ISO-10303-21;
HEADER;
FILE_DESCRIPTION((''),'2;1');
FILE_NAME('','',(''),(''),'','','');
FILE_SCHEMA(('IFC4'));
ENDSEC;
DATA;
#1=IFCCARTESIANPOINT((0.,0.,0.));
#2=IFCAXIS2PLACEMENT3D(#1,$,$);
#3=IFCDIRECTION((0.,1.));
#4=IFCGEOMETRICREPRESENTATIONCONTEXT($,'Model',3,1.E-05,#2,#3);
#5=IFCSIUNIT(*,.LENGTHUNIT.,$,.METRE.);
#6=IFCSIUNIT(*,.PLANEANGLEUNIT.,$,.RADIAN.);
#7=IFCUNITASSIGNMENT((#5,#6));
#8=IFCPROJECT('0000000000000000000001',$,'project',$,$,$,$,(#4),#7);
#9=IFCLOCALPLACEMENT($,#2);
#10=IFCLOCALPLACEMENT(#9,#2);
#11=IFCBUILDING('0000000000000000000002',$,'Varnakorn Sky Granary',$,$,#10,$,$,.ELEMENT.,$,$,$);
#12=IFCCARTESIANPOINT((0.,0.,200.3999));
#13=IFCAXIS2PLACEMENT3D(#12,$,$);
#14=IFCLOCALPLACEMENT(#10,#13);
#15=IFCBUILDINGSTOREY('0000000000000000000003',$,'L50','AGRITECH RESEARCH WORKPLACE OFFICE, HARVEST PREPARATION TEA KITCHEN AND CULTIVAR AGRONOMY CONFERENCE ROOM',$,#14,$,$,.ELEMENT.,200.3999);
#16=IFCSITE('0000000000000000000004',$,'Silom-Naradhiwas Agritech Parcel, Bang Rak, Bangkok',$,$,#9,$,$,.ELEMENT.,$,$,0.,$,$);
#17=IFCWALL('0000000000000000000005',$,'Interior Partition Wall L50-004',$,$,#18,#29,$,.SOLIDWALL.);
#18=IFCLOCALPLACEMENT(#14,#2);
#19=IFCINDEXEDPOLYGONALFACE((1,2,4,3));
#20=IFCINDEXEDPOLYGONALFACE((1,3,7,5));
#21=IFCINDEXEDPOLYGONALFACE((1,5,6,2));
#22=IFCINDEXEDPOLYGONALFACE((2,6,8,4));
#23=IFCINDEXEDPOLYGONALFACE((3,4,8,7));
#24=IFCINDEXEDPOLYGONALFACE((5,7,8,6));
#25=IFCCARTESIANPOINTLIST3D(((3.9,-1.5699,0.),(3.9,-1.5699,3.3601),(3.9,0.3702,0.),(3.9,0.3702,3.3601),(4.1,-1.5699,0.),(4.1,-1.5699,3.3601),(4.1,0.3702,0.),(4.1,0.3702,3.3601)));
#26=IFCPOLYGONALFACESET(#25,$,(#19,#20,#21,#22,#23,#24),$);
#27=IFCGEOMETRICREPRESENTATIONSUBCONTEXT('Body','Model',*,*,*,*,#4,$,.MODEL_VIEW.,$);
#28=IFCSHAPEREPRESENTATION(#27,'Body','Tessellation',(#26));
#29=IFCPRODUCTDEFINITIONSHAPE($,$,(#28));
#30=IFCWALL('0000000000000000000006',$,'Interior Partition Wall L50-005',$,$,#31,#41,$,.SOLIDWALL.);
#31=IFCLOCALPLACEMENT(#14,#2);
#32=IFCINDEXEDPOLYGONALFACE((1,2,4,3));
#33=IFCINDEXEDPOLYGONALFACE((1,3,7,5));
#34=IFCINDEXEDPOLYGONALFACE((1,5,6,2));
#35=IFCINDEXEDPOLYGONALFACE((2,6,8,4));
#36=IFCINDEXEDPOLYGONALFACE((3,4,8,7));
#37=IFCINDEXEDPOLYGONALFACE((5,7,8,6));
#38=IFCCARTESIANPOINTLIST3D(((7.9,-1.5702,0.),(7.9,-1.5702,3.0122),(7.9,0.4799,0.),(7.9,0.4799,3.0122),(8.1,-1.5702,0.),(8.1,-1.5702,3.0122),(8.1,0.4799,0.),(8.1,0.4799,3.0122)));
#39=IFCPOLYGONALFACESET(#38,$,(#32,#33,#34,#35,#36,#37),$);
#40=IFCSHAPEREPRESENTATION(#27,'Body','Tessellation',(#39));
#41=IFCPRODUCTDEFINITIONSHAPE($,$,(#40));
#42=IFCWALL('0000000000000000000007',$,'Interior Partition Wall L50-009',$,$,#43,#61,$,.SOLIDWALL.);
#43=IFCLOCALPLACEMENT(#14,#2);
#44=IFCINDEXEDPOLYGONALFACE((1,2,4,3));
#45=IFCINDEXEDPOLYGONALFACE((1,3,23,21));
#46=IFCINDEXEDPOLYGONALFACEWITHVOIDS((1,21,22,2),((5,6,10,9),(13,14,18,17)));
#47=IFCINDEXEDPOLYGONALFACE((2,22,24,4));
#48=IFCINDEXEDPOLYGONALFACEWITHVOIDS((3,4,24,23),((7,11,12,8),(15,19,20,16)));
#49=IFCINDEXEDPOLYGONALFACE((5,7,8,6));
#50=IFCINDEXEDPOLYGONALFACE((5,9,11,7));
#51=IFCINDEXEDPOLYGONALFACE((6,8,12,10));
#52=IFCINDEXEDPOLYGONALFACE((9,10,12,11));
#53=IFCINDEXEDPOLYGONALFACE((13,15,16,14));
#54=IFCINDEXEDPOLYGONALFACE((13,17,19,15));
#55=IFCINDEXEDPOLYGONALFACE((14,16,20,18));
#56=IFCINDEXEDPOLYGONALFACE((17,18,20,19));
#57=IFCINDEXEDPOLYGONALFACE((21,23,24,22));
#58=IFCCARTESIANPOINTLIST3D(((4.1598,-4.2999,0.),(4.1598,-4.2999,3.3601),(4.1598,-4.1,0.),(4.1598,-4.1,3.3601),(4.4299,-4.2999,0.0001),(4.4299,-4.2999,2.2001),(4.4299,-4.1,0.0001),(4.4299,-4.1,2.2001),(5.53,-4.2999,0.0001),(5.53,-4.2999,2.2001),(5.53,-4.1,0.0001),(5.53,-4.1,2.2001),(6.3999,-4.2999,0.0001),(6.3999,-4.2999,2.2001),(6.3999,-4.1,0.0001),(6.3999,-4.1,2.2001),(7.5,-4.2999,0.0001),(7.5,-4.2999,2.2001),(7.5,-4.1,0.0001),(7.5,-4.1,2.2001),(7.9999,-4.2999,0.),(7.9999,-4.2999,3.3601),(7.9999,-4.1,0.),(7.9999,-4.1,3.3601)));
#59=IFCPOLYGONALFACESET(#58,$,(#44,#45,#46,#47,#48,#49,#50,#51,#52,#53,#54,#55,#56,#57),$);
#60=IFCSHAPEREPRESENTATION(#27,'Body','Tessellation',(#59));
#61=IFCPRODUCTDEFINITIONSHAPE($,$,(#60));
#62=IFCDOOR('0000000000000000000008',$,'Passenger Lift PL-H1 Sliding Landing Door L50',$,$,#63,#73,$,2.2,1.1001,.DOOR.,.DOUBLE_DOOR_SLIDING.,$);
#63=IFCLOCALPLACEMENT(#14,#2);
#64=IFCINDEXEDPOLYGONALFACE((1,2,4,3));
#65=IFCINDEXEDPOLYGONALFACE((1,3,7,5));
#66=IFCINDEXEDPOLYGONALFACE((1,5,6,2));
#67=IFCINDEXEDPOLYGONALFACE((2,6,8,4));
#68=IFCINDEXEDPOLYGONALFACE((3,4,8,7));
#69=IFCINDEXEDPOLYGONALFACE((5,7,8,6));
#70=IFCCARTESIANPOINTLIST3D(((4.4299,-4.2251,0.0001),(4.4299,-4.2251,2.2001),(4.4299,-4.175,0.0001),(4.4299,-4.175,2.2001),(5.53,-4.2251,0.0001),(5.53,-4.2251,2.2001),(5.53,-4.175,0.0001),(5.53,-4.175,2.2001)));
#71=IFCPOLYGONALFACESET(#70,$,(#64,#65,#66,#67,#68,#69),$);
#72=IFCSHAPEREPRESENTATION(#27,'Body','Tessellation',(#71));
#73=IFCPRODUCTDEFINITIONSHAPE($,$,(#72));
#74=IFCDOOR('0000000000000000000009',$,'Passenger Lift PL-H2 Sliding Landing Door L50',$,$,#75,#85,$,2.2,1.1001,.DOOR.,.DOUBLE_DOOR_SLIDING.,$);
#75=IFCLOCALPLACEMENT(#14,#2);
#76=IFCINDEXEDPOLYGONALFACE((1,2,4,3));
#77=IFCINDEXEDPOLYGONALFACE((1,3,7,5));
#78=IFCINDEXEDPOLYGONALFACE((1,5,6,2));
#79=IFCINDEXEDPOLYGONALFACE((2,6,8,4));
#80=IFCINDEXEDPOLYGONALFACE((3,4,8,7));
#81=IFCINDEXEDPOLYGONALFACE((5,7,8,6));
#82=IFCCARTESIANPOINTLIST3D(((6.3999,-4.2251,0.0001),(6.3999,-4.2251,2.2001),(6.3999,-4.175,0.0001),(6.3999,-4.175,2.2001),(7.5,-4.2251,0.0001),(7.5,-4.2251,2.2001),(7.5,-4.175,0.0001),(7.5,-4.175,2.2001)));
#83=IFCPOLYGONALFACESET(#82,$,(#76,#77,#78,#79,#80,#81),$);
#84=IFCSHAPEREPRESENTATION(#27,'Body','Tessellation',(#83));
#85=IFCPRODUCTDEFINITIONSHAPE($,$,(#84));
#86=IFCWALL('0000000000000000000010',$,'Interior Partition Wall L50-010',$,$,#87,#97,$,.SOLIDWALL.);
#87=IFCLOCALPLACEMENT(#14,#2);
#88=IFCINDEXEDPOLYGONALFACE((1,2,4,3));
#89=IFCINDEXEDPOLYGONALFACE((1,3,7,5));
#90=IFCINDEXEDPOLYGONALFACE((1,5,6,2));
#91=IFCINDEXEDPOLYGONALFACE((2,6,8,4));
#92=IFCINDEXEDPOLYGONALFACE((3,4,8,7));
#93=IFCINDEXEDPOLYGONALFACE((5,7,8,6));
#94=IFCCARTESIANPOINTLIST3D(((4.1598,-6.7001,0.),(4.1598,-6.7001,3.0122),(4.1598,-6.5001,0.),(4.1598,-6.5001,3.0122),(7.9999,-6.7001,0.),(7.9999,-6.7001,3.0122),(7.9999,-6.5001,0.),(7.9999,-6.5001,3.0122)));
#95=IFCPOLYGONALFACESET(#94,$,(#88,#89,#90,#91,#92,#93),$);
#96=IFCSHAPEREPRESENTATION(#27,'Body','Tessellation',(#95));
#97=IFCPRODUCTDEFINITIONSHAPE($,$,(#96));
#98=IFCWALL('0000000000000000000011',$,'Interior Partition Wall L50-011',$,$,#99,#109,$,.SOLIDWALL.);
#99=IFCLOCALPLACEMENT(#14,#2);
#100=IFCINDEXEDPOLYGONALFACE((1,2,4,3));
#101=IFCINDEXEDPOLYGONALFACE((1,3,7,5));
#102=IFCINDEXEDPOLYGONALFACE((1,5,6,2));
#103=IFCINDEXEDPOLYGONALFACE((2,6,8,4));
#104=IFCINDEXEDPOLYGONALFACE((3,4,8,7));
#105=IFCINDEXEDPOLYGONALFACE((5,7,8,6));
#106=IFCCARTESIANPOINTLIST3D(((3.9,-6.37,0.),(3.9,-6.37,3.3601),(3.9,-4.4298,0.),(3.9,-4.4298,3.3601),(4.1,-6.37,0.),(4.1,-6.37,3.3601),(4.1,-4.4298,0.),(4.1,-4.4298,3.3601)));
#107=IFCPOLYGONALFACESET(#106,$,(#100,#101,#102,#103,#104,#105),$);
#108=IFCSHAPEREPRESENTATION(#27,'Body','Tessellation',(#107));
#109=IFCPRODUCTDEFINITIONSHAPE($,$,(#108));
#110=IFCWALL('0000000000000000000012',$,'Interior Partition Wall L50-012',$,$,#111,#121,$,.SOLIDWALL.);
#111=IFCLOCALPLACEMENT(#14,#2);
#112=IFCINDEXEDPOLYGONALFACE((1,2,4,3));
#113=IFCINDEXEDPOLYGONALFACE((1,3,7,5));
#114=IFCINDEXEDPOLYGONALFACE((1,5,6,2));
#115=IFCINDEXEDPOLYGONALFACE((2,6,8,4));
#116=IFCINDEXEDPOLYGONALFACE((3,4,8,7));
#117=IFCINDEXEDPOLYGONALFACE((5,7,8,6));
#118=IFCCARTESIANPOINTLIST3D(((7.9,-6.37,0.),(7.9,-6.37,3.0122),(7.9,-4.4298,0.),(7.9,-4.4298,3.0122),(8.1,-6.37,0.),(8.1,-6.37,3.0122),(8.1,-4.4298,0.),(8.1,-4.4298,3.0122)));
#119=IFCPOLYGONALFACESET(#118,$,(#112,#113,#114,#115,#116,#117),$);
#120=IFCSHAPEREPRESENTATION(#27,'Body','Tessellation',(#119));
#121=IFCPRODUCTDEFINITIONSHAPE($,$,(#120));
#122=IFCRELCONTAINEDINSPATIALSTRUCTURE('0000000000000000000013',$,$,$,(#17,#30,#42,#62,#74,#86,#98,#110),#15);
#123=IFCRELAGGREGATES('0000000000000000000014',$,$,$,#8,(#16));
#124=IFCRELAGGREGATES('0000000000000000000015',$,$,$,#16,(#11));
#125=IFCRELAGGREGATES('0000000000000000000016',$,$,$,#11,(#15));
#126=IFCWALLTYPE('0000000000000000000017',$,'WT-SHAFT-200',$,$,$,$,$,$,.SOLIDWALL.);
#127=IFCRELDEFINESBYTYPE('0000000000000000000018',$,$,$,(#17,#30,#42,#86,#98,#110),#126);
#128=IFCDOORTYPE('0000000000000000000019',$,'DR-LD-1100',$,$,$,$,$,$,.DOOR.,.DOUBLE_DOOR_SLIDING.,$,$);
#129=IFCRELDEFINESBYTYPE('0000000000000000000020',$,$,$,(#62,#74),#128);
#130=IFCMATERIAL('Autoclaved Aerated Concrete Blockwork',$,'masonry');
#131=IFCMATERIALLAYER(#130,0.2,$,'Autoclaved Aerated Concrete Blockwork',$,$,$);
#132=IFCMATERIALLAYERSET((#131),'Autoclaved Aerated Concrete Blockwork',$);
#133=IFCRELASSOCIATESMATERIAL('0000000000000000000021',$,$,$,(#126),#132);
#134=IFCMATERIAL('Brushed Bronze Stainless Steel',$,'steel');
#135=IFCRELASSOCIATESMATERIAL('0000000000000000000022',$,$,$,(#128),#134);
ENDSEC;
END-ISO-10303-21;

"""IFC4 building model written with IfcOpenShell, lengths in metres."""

from ifc_helpers import new_model, si_unit, direction, frame, frame_2d, origin, place, context, subcontext, project, spatial, rectangle, extrude, material, layer, layer_set, type_object, element, fill, save


model = new_model("IFC4")

# Units and contexts
model_context = context("Model", 3, precision=1e-05, world=origin(), true_north=direction((0.0, 1.0)))
body_context = subcontext(model_context, "Body", "Model", "MODEL_VIEW")
ifc_project = project(units=[si_unit("LENGTHUNIT", "METRE"), si_unit("PLANEANGLEUNIT", "RADIAN")], contexts=[model_context])

# Site, building, storey
site_placement = place(None, origin())
site = spatial("IfcSite", under=ifc_project, at=site_placement, Name="Silom-Naradhiwas Agritech Parcel, Bang Rak, Bangkok", CompositionType="ELEMENT", RefElevation=0.0)
building_placement = place(site_placement, origin())
building = spatial("IfcBuilding", under=site, at=building_placement, Name="Varnakorn Sky Granary", CompositionType="ELEMENT")
storey_placement = place(building_placement, frame((0.0, 0.0, 200.3999)))
storey = spatial("IfcBuildingStorey", under=building, at=storey_placement, Name="L50", Description="AGRITECH RESEARCH WORKPLACE OFFICE, HARVEST PREPARATION TEA KITCHEN AND CULTIVAR AGRONOMY CONFERENCE ROOM", CompositionType="ELEMENT", Elevation=200.3999)

# Shared definitions
ifc_material_1 = material(Name="Autoclaved Aerated Concrete Blockwork", Category="masonry")

# Walls
ifc_layer_1 = layer(ifc_material_1, 0.2, Name="Autoclaved Aerated Concrete Blockwork")
ifc_layer_set_1 = layer_set([ifc_layer_1], Name="Autoclaved Aerated Concrete Blockwork")
wall_type_1 = type_object("IfcWallType", Name="WT-SHAFT-200", PredefinedType="SOLIDWALL", material=ifc_layer_set_1)
wall_1_placement = place(storey_placement, frame((4.0, -1.5701, 0.0), z_axis=(0.0, 0.0, 1.0), x_axis=(0.0, 1.0, 0.0)))
element("IfcWall", 1, at=wall_1_placement, inside=storey, type_object=wall_type_1, Name="Interior Partition Wall L50-004", PredefinedType="SOLIDWALL", context=body_context, shape_type="SweptSolid", body=[
    extrude(rectangle(XDim=1.9402, YDim=0.2, at=frame_2d((0.9702, 0.0))), origin(), (0.0, 0.0, 1.0), 3.3601),
])
wall_2_placement = place(storey_placement, frame((8.0, -1.5701, 0.0), z_axis=(0.0, 0.0, 1.0), x_axis=(0.0, 1.0, 0.0)))
element("IfcWall", 2, at=wall_2_placement, inside=storey, type_object=wall_type_1, Name="Interior Partition Wall L50-005", PredefinedType="SOLIDWALL", context=body_context, shape_type="SweptSolid", body=[
    extrude(rectangle(XDim=2.05, YDim=0.2, at=frame_2d((1.0249, 0.0))), origin(), (0.0, 0.0, 1.0), 3.0122),
])

# Wall, openings, doors
wall_3_placement = place(storey_placement, frame((4.1599, -4.2, 0.0), z_axis=(0.0, 0.0, 1.0), x_axis=(1.0, 0.0, 0.0)))
wall_3 = element("IfcWall", 3, at=wall_3_placement, inside=storey, type_object=wall_type_1, Name="Interior Partition Wall L50-009", PredefinedType="SOLIDWALL", context=body_context, shape_type="SweptSolid", body=[
    extrude(rectangle(XDim=3.8401, YDim=0.2, at=frame_2d((1.9199, 0.0))), origin(), (0.0, 0.0, 1.0), 3.3601),
])
opening_1_placement = place(wall_3_placement, frame((0.27, 0.0, 0.0)))
opening_1 = element("IfcOpeningElement", 4, at=opening_1_placement, cuts=wall_3, PredefinedType="OPENING", context=body_context, shape_type="SweptSolid", body=[
    extrude(rectangle(XDim=1.1001, YDim=2.2, at=frame_2d((0.55, 1.1001))), frame((0.0, 0.1099, 0.0), z_axis=(0.0, -1.0, 0.0), x_axis=(1.0, 0.0, 0.0)), (0.0, 0.0, 1.0), 0.22),
])
opening_2_placement = place(wall_3_placement, frame((2.24, 0.0, 0.0)))
opening_2 = element("IfcOpeningElement", 5, at=opening_2_placement, cuts=wall_3, PredefinedType="OPENING", context=body_context, shape_type="SweptSolid", body=[
    extrude(rectangle(XDim=1.1001, YDim=2.2, at=frame_2d((0.55, 1.1001))), frame((0.0, 0.1099, 0.0), z_axis=(0.0, -1.0, 0.0), x_axis=(1.0, 0.0, 0.0)), (0.0, 0.0, 1.0), 0.22),
])
ifc_material_2 = material(Name="Brushed Bronze Stainless Steel", Category="steel")
door_type_1 = type_object("IfcDoorType", Name="DR-LD-1100", OperationType="DOUBLE_DOOR_SLIDING", PredefinedType="DOOR", material=ifc_material_2)
door_1_placement = place(opening_1_placement, origin())
door_1 = element("IfcDoor", 6, at=door_1_placement, inside=storey, type_object=door_type_1, Name="Passenger Lift PL-H1 Sliding Landing Door L50", OperationType="DOUBLE_DOOR_SLIDING", OverallHeight=2.2, OverallWidth=1.1001, PredefinedType="DOOR", context=body_context, shape_type="SweptSolid", body=[
    extrude(rectangle(XDim=1.1001, YDim=2.2, at=frame_2d((0.55, 1.1001))), frame((0.0, 0.0249, 0.0), z_axis=(0.0, -1.0, 0.0), x_axis=(1.0, 0.0, 0.0)), (0.0, 0.0, 1.0), 0.05),
])
fill(opening_1, door_1)
door_2_placement = place(opening_2_placement, origin())
door_2 = element("IfcDoor", 7, at=door_2_placement, inside=storey, type_object=door_type_1, Name="Passenger Lift PL-H2 Sliding Landing Door L50", OperationType="DOUBLE_DOOR_SLIDING", OverallHeight=2.2, OverallWidth=1.1001, PredefinedType="DOOR", context=body_context, shape_type="SweptSolid", body=[
    extrude(rectangle(XDim=1.1001, YDim=2.2, at=frame_2d((0.55, 1.1001))), frame((0.0, 0.0249, 0.0), z_axis=(0.0, -1.0, 0.0), x_axis=(1.0, 0.0, 0.0)), (0.0, 0.0, 1.0), 0.05),
])
fill(opening_2, door_2)

# Walls
wall_4_placement = place(storey_placement, frame((4.1599, -6.6001, 0.0), z_axis=(0.0, 0.0, 1.0), x_axis=(1.0, 0.0, 0.0)))
element("IfcWall", 8, at=wall_4_placement, inside=storey, type_object=wall_type_1, Name="Interior Partition Wall L50-010", PredefinedType="SOLIDWALL", context=body_context, shape_type="SweptSolid", body=[
    extrude(rectangle(XDim=3.8401, YDim=0.2, at=frame_2d((1.9199, 0.0))), origin(), (0.0, 0.0, 1.0), 3.0122),
])
wall_5_placement = place(storey_placement, frame((4.0, -6.3701, 0.0), z_axis=(0.0, 0.0, 1.0), x_axis=(0.0, 1.0, 0.0)))
element("IfcWall", 9, at=wall_5_placement, inside=storey, type_object=wall_type_1, Name="Interior Partition Wall L50-011", PredefinedType="SOLIDWALL", context=body_context, shape_type="SweptSolid", body=[
    extrude(rectangle(XDim=1.9402, YDim=0.2, at=frame_2d((0.9702, 0.0))), origin(), (0.0, 0.0, 1.0), 3.3601),
])
wall_6_placement = place(storey_placement, frame((8.0, -6.3701, 0.0), z_axis=(0.0, 0.0, 1.0), x_axis=(0.0, 1.0, 0.0)))
element("IfcWall", 10, at=wall_6_placement, inside=storey, type_object=wall_type_1, Name="Interior Partition Wall L50-012", PredefinedType="SOLIDWALL", context=body_context, shape_type="SweptSolid", body=[
    extrude(rectangle(XDim=1.9402, YDim=0.2, at=frame_2d((0.9702, 0.0))), origin(), (0.0, 0.0, 1.0), 3.0122),
])

save(model, "model.ifc")
